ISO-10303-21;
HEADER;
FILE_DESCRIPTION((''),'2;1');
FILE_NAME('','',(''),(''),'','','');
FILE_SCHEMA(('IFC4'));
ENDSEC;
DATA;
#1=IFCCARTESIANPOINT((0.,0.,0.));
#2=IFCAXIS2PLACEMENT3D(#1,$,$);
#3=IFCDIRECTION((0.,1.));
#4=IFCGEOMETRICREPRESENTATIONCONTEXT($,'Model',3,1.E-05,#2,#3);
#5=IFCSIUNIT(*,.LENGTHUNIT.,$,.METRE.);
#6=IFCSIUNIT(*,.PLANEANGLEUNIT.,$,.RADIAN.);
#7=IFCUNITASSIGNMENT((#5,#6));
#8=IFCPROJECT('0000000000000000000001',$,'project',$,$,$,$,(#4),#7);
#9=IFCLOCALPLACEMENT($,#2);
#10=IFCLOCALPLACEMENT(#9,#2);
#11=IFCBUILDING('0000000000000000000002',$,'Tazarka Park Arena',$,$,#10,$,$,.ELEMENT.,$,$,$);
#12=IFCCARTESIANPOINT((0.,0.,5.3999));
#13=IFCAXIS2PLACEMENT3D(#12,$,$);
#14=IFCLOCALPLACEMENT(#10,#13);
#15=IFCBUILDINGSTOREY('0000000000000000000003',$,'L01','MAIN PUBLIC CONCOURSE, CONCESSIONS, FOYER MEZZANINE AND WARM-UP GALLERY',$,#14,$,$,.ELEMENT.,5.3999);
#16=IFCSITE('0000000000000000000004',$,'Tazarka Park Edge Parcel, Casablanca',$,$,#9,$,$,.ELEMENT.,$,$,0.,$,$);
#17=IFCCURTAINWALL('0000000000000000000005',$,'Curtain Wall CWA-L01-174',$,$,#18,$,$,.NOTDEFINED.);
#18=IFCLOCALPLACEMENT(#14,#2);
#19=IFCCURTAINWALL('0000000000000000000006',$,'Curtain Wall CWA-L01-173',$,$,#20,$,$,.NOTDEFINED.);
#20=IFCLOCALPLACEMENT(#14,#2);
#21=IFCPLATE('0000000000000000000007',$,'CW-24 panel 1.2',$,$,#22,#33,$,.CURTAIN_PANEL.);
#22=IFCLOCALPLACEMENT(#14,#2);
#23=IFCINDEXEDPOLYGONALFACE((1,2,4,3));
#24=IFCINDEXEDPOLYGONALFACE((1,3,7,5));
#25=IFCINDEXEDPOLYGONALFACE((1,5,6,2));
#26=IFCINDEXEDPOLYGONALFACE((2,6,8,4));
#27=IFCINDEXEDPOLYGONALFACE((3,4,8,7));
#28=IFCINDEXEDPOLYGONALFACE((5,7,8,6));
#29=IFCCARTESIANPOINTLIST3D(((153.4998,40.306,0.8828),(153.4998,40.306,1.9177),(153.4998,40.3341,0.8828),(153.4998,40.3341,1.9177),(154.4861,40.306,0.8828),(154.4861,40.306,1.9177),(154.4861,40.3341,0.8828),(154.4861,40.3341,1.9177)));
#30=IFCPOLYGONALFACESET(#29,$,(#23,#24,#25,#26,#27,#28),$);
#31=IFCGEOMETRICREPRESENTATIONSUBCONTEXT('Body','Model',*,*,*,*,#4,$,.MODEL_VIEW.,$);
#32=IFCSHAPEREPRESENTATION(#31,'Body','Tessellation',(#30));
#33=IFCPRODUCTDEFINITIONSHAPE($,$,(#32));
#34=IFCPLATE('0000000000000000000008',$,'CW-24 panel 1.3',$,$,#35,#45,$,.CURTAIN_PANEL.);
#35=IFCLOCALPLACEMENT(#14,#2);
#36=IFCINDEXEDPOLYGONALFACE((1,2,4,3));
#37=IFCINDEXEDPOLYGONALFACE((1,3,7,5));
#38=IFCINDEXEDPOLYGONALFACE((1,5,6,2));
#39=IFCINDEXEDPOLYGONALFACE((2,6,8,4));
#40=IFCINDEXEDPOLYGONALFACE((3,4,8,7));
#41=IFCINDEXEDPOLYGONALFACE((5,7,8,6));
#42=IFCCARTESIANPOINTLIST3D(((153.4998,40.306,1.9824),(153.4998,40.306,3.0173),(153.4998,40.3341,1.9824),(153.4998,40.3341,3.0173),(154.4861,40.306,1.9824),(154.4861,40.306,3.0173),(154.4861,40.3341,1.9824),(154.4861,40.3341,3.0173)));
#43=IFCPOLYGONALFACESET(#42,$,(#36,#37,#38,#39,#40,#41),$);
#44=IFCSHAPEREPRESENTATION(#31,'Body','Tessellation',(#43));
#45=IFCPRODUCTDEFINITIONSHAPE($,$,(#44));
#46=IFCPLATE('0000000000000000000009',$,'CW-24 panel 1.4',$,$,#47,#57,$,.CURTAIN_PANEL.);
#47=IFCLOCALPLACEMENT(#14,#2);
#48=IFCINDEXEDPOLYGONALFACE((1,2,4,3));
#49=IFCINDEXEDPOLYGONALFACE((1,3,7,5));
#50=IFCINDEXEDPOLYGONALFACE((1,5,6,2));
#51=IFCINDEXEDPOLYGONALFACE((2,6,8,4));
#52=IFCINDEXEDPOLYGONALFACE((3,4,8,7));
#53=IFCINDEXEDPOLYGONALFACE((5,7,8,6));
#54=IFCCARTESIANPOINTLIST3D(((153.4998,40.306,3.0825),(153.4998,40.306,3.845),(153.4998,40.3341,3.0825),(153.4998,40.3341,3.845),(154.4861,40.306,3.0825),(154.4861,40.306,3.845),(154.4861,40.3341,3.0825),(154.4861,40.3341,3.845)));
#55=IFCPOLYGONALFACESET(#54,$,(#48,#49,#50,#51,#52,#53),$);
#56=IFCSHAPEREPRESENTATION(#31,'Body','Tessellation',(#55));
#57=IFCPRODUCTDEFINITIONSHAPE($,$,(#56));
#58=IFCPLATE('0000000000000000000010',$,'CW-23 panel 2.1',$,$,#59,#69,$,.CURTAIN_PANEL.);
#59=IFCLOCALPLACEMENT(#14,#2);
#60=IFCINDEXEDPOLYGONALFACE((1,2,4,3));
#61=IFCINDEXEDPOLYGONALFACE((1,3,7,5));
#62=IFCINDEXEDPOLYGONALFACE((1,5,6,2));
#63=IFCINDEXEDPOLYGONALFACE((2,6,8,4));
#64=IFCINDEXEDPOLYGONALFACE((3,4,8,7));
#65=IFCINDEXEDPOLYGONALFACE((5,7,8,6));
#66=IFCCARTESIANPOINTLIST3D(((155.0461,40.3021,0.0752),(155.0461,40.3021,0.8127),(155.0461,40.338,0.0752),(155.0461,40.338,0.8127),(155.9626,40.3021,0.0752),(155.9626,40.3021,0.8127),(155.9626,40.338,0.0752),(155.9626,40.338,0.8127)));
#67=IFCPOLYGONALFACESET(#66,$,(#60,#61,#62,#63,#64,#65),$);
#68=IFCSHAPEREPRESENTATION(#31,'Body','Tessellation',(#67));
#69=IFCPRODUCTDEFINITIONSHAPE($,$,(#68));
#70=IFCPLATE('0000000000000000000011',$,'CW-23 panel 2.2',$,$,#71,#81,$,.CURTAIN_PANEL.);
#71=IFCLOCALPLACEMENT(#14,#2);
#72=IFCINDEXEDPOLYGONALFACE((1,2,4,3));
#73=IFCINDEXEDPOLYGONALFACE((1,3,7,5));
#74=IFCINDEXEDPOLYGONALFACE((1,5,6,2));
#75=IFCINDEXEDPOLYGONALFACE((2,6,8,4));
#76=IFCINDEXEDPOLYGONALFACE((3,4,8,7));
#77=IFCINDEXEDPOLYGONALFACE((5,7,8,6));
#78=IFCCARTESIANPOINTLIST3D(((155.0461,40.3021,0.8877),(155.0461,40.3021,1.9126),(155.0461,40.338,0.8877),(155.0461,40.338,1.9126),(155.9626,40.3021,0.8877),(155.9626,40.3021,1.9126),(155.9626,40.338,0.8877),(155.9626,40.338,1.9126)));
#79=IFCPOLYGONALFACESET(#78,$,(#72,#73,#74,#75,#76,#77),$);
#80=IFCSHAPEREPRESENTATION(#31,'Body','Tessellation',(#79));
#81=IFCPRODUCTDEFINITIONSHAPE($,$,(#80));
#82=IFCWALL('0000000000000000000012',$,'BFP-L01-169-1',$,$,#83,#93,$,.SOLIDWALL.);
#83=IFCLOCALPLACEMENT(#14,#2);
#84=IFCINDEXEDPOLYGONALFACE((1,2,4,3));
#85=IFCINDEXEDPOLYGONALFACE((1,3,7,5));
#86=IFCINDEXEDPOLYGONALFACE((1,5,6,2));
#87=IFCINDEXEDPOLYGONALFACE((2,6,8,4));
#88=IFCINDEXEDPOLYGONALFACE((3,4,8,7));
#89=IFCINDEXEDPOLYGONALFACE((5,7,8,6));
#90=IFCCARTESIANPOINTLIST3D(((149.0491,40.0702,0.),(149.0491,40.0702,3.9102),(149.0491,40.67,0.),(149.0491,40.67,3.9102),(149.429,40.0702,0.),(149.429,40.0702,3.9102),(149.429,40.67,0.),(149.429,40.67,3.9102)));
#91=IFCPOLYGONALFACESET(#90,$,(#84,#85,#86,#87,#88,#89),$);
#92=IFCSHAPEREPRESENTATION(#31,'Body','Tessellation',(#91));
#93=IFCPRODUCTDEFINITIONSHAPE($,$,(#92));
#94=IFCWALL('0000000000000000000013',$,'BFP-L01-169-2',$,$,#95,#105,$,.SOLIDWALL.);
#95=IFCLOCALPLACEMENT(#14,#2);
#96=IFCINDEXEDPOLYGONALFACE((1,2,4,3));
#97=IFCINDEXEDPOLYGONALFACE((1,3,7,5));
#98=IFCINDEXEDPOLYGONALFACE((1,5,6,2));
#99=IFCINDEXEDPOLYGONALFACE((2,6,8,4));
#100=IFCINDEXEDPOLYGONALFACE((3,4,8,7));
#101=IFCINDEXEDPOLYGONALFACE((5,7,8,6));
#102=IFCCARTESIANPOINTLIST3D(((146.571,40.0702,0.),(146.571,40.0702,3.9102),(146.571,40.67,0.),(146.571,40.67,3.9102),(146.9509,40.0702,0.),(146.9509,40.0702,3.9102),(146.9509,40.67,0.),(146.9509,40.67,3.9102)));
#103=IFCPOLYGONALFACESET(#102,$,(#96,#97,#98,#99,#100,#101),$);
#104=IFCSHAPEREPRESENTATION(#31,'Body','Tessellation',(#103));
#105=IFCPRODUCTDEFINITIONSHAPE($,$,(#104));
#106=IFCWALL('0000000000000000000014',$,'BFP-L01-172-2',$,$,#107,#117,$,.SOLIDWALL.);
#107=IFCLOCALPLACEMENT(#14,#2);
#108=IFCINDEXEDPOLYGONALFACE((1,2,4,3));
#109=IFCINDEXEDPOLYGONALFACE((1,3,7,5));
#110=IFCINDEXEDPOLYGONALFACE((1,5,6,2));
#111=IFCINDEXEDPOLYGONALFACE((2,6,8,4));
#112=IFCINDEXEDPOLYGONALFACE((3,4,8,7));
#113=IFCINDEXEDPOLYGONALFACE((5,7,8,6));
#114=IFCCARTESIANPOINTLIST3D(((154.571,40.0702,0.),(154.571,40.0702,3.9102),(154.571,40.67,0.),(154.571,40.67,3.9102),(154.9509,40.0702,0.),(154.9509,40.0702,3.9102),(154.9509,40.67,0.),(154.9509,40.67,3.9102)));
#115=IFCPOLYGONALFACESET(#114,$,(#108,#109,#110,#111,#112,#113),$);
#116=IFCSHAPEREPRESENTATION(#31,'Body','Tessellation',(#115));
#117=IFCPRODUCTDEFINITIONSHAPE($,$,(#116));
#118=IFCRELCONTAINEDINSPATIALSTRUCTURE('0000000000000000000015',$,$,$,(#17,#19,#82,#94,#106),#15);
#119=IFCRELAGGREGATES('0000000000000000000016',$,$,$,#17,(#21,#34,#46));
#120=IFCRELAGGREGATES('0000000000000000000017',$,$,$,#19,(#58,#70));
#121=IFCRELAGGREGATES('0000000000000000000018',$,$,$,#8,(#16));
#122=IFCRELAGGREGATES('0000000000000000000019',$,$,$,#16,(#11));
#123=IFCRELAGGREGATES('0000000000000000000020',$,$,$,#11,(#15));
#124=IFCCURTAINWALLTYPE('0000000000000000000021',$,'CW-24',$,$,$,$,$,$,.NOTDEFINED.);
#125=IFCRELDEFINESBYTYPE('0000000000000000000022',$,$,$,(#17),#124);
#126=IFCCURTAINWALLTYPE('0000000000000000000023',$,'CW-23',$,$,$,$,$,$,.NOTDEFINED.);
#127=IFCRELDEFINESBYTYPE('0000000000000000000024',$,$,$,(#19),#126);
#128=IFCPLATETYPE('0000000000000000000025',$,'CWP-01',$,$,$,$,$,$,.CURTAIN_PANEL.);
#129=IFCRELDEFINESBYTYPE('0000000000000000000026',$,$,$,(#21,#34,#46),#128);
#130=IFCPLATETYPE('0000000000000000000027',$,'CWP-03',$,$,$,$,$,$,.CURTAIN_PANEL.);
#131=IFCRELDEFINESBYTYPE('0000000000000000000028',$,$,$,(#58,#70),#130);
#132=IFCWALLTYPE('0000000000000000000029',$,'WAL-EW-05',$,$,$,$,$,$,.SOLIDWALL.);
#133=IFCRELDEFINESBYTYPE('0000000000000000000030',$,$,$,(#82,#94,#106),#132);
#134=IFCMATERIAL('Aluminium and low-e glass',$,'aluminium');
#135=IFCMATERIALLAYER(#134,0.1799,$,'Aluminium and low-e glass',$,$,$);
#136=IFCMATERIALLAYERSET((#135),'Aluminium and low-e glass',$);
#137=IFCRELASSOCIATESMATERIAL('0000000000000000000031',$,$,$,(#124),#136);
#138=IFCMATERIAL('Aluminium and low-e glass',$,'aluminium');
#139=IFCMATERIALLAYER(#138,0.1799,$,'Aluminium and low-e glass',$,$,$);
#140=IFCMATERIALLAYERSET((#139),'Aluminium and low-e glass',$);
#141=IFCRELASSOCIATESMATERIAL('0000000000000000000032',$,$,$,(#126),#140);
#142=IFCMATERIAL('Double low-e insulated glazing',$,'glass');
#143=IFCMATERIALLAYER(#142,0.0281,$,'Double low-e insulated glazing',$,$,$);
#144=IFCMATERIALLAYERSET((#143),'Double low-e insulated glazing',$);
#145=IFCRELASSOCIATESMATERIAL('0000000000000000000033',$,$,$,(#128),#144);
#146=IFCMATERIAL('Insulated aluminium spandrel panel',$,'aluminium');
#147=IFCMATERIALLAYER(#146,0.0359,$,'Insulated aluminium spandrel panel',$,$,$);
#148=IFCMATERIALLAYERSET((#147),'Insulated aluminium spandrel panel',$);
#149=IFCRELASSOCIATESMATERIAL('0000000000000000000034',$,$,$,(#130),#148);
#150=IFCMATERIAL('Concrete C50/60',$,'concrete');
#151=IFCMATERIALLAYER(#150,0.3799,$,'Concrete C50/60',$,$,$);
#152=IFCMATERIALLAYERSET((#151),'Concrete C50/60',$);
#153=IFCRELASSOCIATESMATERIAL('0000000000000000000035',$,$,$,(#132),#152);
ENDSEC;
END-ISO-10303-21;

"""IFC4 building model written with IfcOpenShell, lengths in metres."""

from ifc_helpers import new_model, si_unit, direction, frame, frame_2d, origin, origin_2d, place, context, subcontext, project, spatial, rectangle, extrude, material, layer, layer_set, type_object, element, aggregate, save


model = new_model("IFC4")

# Units and contexts
model_context = context("Model", 3, precision=1e-05, world=origin(), true_north=direction((0.0, 1.0)))
body_context = subcontext(model_context, "Body", "Model", "MODEL_VIEW")
ifc_project = project(units=[si_unit("LENGTHUNIT", "METRE"), si_unit("PLANEANGLEUNIT", "RADIAN")], contexts=[model_context])

# Site, building, storey
site_placement = place(None, origin())
site = spatial("IfcSite", under=ifc_project, at=site_placement, Name="Tazarka Park Edge Parcel, Casablanca", CompositionType="ELEMENT", RefElevation=0.0)
building_placement = place(site_placement, origin())
building = spatial("IfcBuilding", under=site, at=building_placement, Name="Tazarka Park Arena", CompositionType="ELEMENT")
storey_placement = place(building_placement, frame((0.0, 0.0, 5.3999)))
storey = spatial("IfcBuildingStorey", under=building, at=storey_placement, Name="L01", Description="MAIN PUBLIC CONCOURSE, CONCESSIONS, FOYER MEZZANINE AND WARM-UP GALLERY", CompositionType="ELEMENT", Elevation=5.3999)

# Curtain wall
ifc_material_1 = material(Name="Aluminium and low-e glass", Category="aluminium")
ifc_layer_1 = layer(ifc_material_1, 0.1799, Name="Aluminium and low-e glass")
ifc_layer_set_1 = layer_set([ifc_layer_1], Name="Aluminium and low-e glass")
curtain_wall_type_1 = type_object("IfcCurtainWallType", Name="CW-24", PredefinedType="NOTDEFINED", material=ifc_layer_set_1)
curtain_wall_1_placement = place(storey_placement, origin())
curtain_wall_1 = element("IfcCurtainWall", 1, at=curtain_wall_1_placement, inside=storey, type_object=curtain_wall_type_1, Name="Curtain Wall CWA-L01-174", PredefinedType="NOTDEFINED")

# Curtain wall
ifc_material_2 = material(Name="Aluminium and low-e glass", Category="aluminium")
ifc_layer_2 = layer(ifc_material_2, 0.1799, Name="Aluminium and low-e glass")
ifc_layer_set_2 = layer_set([ifc_layer_2], Name="Aluminium and low-e glass")
curtain_wall_type_2 = type_object("IfcCurtainWallType", Name="CW-23", PredefinedType="NOTDEFINED", material=ifc_layer_set_2)
curtain_wall_2_placement = place(storey_placement, origin())
curtain_wall_2 = element("IfcCurtainWall", 2, at=curtain_wall_2_placement, inside=storey, type_object=curtain_wall_type_2, Name="Curtain Wall CWA-L01-173", PredefinedType="NOTDEFINED")

# Plates
ifc_material_3 = material(Name="Double low-e insulated glazing", Category="glass")
ifc_layer_3 = layer(ifc_material_3, 0.0281, Name="Double low-e insulated glazing")
ifc_layer_set_3 = layer_set([ifc_layer_3], Name="Double low-e insulated glazing")
plate_type_1 = type_object("IfcPlateType", Name="CWP-01", PredefinedType="CURTAIN_PANEL", material=ifc_layer_set_3)
plate_1_placement = place(storey_placement, frame((153.9929, 40.3201, 0.8828), z_axis=(0.0, 0.0, 1.0), x_axis=(-1.0, 0.0, 0.0)))
plate_1 = element("IfcPlate", 3, at=plate_1_placement, type_object=plate_type_1, Name="CW-24 panel 1.2", PredefinedType="CURTAIN_PANEL", context=body_context, shape_type="SweptSolid", body=[
    extrude(rectangle(XDim=0.9863, YDim=0.0281, at=origin_2d()), origin(), (0.0, 0.0, 1.0), 1.0349),
])
plate_2_placement = place(storey_placement, frame((153.9929, 40.3201, 1.9824), z_axis=(0.0, 0.0, 1.0), x_axis=(-1.0, 0.0, 0.0)))
plate_2 = element("IfcPlate", 4, at=plate_2_placement, type_object=plate_type_1, Name="CW-24 panel 1.3", PredefinedType="CURTAIN_PANEL", context=body_context, shape_type="SweptSolid", body=[
    extrude(rectangle(XDim=0.9863, YDim=0.0281, at=origin_2d()), origin(), (0.0, 0.0, 1.0), 1.0349),
])
plate_3_placement = place(storey_placement, frame((153.9929, 40.3201, 3.0825), z_axis=(0.0, 0.0, 1.0), x_axis=(-1.0, 0.0, 0.0)))
plate_3 = element("IfcPlate", 5, at=plate_3_placement, type_object=plate_type_1, Name="CW-24 panel 1.4", PredefinedType="CURTAIN_PANEL", context=body_context, shape_type="SweptSolid", body=[
    extrude(rectangle(XDim=0.9863, YDim=0.0281, at=origin_2d()), origin(), (0.0, 0.0, 1.0), 0.7625),
])
aggregate(curtain_wall_1, [plate_1, plate_2, plate_3])
ifc_material_4 = material(Name="Insulated aluminium spandrel panel", Category="aluminium")
ifc_layer_4 = layer(ifc_material_4, 0.0359, Name="Insulated aluminium spandrel panel")
ifc_layer_set_4 = layer_set([ifc_layer_4], Name="Insulated aluminium spandrel panel")
plate_type_2 = type_object("IfcPlateType", Name="CWP-03", PredefinedType="CURTAIN_PANEL", material=ifc_layer_set_4)
plate_4_placement = place(storey_placement, frame((155.5044, 40.3201, 0.0752), z_axis=(0.0, 0.0, 1.0), x_axis=(-1.0, 0.0, 0.0)))
plate_4 = element("IfcPlate", 6, at=plate_4_placement, type_object=plate_type_2, Name="CW-23 panel 2.1", PredefinedType="CURTAIN_PANEL", context=body_context, shape_type="SweptSolid", body=[
    extrude(rectangle(XDim=0.9165, YDim=0.0359, at=origin_2d()), origin(), (0.0, 0.0, 1.0), 0.7375),
])
plate_5_placement = place(storey_placement, frame((155.5044, 40.3201, 0.8877), z_axis=(0.0, 0.0, 1.0), x_axis=(-1.0, 0.0, 0.0)))
plate_5 = element("IfcPlate", 7, at=plate_5_placement, type_object=plate_type_2, Name="CW-23 panel 2.2", PredefinedType="CURTAIN_PANEL", context=body_context, shape_type="SweptSolid", body=[
    extrude(rectangle(XDim=0.9165, YDim=0.0359, at=origin_2d()), origin(), (0.0, 0.0, 1.0), 1.0249),
])
aggregate(curtain_wall_2, [plate_4, plate_5])

# Walls
ifc_material_5 = material(Name="Concrete C50/60", Category="concrete")
ifc_layer_5 = layer(ifc_material_5, 0.3799, Name="Concrete C50/60")
ifc_layer_set_5 = layer_set([ifc_layer_5], Name="Concrete C50/60")
wall_type = type_object("IfcWallType", Name="WAL-EW-05", PredefinedType="SOLIDWALL", material=ifc_layer_set_5)
for number, where, z_axis, x_axis, name in (
    (8, (149.239, 40.6699, 0.0), (0.0, 0.0, 1.0), (0.0, -1.0, 0.0), "BFP-L01-169-1"),
    (9, (146.761, 40.6699, 0.0), (0.0, 0.0, 1.0), (0.0, -1.0, 0.0), "BFP-L01-169-2"),
    (10, (154.761, 40.6699, 0.0), (0.0, 0.0, 1.0), (0.0, -1.0, 0.0), "BFP-L01-172-2"),
):
    element("IfcWall", number, at=place(storey_placement, frame(where, z_axis=z_axis, x_axis=x_axis)), inside=storey, type_object=wall_type, Name=name, PredefinedType="SOLIDWALL", context=body_context, shape_type="SweptSolid", body=[
        extrude(rectangle(XDim=0.5999, YDim=0.3799, at=frame_2d((0.2998, 0.0))), origin(), (0.0, 0.0, 1.0), 3.9102),
    ])

save(model, "model.ifc")
